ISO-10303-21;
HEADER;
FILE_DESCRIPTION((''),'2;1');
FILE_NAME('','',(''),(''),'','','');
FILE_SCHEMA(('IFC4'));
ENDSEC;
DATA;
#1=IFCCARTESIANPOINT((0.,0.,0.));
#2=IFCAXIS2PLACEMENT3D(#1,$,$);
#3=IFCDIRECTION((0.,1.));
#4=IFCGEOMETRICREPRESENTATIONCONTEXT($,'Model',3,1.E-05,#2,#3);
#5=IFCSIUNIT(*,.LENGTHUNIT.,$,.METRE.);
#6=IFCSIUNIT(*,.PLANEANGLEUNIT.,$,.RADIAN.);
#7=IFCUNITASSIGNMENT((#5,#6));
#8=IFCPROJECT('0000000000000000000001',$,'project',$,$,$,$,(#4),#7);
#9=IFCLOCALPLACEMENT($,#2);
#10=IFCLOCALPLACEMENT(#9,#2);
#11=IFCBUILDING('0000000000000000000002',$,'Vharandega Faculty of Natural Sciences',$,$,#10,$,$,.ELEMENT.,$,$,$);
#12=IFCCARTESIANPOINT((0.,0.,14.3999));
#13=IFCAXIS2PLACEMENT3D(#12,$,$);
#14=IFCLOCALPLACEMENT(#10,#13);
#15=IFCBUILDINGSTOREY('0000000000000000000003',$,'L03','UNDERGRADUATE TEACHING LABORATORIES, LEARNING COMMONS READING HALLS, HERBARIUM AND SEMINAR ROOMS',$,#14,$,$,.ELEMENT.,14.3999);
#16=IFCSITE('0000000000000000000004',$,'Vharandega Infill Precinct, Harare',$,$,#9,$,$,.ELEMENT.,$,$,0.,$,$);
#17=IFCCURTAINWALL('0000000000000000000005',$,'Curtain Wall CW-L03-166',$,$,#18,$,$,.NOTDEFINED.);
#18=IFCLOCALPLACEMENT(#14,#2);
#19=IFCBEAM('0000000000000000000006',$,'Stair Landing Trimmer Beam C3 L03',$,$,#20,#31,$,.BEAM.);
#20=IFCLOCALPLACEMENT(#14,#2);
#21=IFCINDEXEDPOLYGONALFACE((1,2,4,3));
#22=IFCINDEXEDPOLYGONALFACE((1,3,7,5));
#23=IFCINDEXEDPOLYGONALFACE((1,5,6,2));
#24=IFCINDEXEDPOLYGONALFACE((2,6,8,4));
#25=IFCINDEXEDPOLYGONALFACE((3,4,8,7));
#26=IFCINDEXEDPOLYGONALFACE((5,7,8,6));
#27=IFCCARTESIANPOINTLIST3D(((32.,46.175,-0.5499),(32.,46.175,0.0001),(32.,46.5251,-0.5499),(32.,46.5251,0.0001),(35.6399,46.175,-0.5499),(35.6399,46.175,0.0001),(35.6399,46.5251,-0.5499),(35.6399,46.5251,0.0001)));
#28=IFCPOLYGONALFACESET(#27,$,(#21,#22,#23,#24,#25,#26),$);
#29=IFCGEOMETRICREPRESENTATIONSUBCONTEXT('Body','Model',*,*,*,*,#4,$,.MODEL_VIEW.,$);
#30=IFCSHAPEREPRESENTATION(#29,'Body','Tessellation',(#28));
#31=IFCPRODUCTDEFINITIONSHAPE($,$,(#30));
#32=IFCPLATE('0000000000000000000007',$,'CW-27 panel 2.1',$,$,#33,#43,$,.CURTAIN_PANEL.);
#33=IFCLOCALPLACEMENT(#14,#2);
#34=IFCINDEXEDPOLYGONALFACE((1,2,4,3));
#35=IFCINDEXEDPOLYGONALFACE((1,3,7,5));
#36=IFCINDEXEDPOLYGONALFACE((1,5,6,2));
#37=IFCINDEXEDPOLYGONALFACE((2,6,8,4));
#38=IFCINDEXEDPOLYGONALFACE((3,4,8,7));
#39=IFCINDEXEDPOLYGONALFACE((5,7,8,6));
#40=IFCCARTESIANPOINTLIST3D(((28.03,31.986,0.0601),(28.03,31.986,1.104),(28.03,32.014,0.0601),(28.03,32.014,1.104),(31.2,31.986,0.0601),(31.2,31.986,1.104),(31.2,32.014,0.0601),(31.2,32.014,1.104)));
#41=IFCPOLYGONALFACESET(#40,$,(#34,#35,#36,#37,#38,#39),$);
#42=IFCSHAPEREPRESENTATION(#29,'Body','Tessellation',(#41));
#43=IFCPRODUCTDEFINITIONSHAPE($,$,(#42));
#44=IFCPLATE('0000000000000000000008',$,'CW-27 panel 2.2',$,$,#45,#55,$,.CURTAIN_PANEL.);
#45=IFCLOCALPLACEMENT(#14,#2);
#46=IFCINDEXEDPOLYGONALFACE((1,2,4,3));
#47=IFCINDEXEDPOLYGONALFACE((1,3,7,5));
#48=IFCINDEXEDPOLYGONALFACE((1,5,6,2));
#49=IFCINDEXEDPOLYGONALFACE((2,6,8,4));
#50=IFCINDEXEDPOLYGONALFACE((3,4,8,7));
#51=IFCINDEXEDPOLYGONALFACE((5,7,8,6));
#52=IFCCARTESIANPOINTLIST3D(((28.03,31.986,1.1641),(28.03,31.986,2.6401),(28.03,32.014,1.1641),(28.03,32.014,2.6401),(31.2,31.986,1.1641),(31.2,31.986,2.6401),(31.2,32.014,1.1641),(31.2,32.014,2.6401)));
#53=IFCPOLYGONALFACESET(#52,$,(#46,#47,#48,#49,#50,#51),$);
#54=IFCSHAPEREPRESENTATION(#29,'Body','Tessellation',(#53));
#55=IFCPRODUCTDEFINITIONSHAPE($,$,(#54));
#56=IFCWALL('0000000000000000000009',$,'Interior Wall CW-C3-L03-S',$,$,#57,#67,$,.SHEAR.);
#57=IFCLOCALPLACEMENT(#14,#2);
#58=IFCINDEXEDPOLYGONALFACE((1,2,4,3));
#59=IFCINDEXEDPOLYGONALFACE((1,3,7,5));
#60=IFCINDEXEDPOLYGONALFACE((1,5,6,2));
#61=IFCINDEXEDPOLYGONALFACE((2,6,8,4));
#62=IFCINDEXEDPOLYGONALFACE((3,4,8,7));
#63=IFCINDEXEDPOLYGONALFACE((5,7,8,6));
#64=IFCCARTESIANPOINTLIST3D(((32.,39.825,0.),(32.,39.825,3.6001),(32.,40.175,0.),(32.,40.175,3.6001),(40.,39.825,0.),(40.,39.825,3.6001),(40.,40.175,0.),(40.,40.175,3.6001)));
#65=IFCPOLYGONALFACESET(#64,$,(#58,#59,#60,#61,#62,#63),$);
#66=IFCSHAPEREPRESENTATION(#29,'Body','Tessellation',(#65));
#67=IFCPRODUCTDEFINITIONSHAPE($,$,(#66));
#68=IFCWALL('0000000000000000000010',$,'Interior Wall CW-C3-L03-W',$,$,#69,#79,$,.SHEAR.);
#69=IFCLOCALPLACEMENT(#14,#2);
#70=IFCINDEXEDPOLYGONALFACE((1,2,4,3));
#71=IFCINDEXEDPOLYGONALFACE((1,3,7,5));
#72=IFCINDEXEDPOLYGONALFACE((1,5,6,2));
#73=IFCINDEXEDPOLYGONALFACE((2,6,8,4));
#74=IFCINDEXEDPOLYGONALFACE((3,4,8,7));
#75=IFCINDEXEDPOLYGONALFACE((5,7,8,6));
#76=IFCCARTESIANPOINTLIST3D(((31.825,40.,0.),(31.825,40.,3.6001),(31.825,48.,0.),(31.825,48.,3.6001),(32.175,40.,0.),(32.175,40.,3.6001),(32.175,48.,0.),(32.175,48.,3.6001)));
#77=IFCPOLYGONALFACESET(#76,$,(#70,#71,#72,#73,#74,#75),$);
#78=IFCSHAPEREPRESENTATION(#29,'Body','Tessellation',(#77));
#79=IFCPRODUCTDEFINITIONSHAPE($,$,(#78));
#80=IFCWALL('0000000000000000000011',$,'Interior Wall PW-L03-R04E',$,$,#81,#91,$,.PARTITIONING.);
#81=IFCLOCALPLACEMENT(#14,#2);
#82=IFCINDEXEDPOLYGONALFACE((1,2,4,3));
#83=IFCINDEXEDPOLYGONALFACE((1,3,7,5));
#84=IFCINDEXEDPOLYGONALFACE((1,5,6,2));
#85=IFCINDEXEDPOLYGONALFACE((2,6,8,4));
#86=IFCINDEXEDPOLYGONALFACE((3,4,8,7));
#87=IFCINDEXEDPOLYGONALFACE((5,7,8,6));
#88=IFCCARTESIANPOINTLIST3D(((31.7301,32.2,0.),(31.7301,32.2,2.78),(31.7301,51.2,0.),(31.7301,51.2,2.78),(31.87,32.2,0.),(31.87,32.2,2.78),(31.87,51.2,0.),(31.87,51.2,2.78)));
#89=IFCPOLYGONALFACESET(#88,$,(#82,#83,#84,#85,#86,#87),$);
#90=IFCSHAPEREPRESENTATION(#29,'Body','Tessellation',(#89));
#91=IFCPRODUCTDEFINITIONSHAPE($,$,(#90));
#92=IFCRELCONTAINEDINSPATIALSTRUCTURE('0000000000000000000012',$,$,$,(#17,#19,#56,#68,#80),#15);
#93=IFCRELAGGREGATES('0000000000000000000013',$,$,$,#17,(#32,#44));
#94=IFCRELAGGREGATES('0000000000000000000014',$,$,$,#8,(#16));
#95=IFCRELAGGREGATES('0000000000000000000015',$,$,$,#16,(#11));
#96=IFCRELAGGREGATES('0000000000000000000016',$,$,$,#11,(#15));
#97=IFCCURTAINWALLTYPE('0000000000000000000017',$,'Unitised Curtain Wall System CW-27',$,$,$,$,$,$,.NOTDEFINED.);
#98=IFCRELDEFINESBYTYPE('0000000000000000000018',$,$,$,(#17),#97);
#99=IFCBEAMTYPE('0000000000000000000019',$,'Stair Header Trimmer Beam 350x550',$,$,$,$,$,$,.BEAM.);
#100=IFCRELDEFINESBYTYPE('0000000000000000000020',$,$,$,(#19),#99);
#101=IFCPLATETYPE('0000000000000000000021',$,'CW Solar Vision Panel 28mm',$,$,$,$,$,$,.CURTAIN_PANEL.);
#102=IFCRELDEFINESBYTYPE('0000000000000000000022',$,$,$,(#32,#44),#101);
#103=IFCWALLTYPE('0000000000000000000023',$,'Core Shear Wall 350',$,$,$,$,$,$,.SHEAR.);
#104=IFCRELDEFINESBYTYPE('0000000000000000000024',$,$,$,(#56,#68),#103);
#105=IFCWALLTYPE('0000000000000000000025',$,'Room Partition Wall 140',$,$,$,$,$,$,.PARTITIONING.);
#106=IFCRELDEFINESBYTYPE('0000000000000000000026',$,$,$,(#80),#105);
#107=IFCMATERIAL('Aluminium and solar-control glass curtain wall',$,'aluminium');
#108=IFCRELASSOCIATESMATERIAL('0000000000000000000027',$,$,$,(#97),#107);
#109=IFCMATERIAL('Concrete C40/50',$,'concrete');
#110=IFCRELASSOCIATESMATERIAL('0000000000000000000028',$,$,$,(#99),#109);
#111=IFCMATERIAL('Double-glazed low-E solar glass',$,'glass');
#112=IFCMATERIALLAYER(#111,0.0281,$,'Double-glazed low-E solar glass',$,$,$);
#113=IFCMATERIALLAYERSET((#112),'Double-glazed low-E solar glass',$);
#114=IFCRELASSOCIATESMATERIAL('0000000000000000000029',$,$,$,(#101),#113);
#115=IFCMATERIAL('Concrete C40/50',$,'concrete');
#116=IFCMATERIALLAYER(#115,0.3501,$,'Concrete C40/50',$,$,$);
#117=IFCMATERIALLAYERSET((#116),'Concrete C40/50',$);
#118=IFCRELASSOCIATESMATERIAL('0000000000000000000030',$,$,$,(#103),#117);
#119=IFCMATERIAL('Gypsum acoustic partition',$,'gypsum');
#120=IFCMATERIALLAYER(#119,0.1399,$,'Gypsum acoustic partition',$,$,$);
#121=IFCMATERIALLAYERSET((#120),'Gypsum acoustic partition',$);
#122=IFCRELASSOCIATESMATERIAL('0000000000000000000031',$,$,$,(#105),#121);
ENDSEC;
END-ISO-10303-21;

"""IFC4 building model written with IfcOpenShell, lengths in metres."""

from ifc_helpers import new_model, si_unit, direction, frame, frame_2d, origin, origin_2d, place, context, subcontext, project, spatial, rectangle, extrude, material, layer, layer_set, material_profile, profile_set, type_object, element, aggregate, save


model = new_model("IFC4")

# Units and contexts
model_context = context("Model", 3, precision=1e-05, world=origin(), true_north=direction((0.0, 1.0)))
body_context = subcontext(model_context, "Body", "Model", "MODEL_VIEW")
ifc_project = project(units=[si_unit("LENGTHUNIT", "METRE"), si_unit("PLANEANGLEUNIT", "RADIAN")], contexts=[model_context])

# Site, building, storey
site_placement = place(None, origin())
site = spatial("IfcSite", under=ifc_project, at=site_placement, Name="Vharandega Infill Precinct, Harare", CompositionType="ELEMENT", RefElevation=0.0)
building_placement = place(site_placement, origin())
building = spatial("IfcBuilding", under=site, at=building_placement, Name="Vharandega Faculty of Natural Sciences", CompositionType="ELEMENT")
storey_placement = place(building_placement, frame((0.0, 0.0, 14.3999)))
storey = spatial("IfcBuildingStorey", under=building, at=storey_placement, Name="L03", Description="UNDERGRADUATE TEACHING LABORATORIES, LEARNING COMMONS READING HALLS, HERBARIUM AND SEMINAR ROOMS", CompositionType="ELEMENT", Elevation=14.3999)

# Curtain wall
ifc_material_1 = material(Name="Aluminium and solar-control glass curtain wall", Category="aluminium")
curtain_wall_type = type_object("IfcCurtainWallType", Name="Unitised Curtain Wall System CW-27", PredefinedType="NOTDEFINED", material=ifc_material_1)
curtain_wall_placement = place(storey_placement, origin())
curtain_wall = element("IfcCurtainWall", 1, at=curtain_wall_placement, inside=storey, type_object=curtain_wall_type, Name="Curtain Wall CW-L03-166", PredefinedType="NOTDEFINED")

# Beam
ifc_material_2 = material(Name="Concrete C40/50", Category="concrete")
ifc_material_profile_1 = material_profile(ifc_material_2, rectangle(XDim=0.3501, YDim=0.55, at=origin_2d()), Name="RC 350x550")
ifc_profile_set_1 = profile_set([ifc_material_profile_1], Name="Concrete C40/50")
beam_type_1 = type_object("IfcBeamType", Name="Stair Header Trimmer Beam 350x550", PredefinedType="BEAM", material=ifc_profile_set_1)
beam_placement = place(storey_placement, frame((32.0, 46.3501, -0.2749), z_axis=(1.0, 0.0, 0.0), x_axis=(0.0, 1.0, 0.0)))
element("IfcBeam", 2, at=beam_placement, inside=storey, type_object=beam_type_1, Name="Stair Landing Trimmer Beam C3 L03", PredefinedType="BEAM", context=body_context, shape_type="SweptSolid", body=[
    extrude(rectangle(XDim=0.3501, YDim=0.55, at=origin_2d()), origin(), (0.0, 0.0, 1.0), 3.6399),
])

# Plates
ifc_material_3 = material(Name="Double-glazed low-E solar glass", Category="glass")
ifc_layer_1 = layer(ifc_material_3, 0.0281, Name="Double-glazed low-E solar glass")
ifc_layer_set_1 = layer_set([ifc_layer_1], Name="Double-glazed low-E solar glass")
plate_type = type_object("IfcPlateType", Name="CW Solar Vision Panel 28mm", PredefinedType="CURTAIN_PANEL", material=ifc_layer_set_1)
plate_1_placement = place(storey_placement, frame((29.615, 32.0, 0.0601), z_axis=(0.0, 0.0, 1.0), x_axis=(1.0, 0.0, 0.0)))
plate_1 = element("IfcPlate", 3, at=plate_1_placement, type_object=plate_type, Name="CW-27 panel 2.1", PredefinedType="CURTAIN_PANEL", context=body_context, shape_type="SweptSolid", body=[
    extrude(rectangle(XDim=3.1699, YDim=0.0281, at=origin_2d()), origin(), (0.0, 0.0, 1.0), 1.0439),
])
plate_2_placement = place(storey_placement, frame((29.615, 32.0, 1.1641), z_axis=(0.0, 0.0, 1.0), x_axis=(1.0, 0.0, 0.0)))
plate_2 = element("IfcPlate", 4, at=plate_2_placement, type_object=plate_type, Name="CW-27 panel 2.2", PredefinedType="CURTAIN_PANEL", context=body_context, shape_type="SweptSolid", body=[
    extrude(rectangle(XDim=3.1699, YDim=0.0281, at=origin_2d()), origin(), (0.0, 0.0, 1.0), 1.4761),
])
aggregate(curtain_wall, [plate_1, plate_2])

# Walls
ifc_material_4 = material(Name="Concrete C40/50", Category="concrete")
ifc_layer_2 = layer(ifc_material_4, 0.3501, Name="Concrete C40/50")
ifc_layer_set_2 = layer_set([ifc_layer_2], Name="Concrete C40/50")
wall_type_1 = type_object("IfcWallType", Name="Core Shear Wall 350", PredefinedType="SHEAR", material=ifc_layer_set_2)
for number, where, z_axis, x_axis, name in (
    (5, (32.0, 40.0, 0.0), (0.0, 0.0, 1.0), (1.0, 0.0, 0.0), "Interior Wall CW-C3-L03-S"),
    (6, (32.0, 40.0, 0.0), (0.0, 0.0, 1.0), (0.0, 1.0, 0.0), "Interior Wall CW-C3-L03-W"),
):
    element("IfcWall", number, at=place(storey_placement, frame(where, z_axis=z_axis, x_axis=x_axis)), inside=storey, type_object=wall_type_1, Name=name, PredefinedType="SHEAR", context=body_context, shape_type="SweptSolid", body=[
        extrude(rectangle(XDim=8.0, YDim=0.3501, at=frame_2d((4.0, 0.0))), origin(), (0.0, 0.0, 1.0), 3.6001),
    ])
ifc_material_5 = material(Name="Gypsum acoustic partition", Category="gypsum")
ifc_layer_3 = layer(ifc_material_5, 0.1399, Name="Gypsum acoustic partition")
ifc_layer_set_3 = layer_set([ifc_layer_3], Name="Gypsum acoustic partition")
wall_type_2 = type_object("IfcWallType", Name="Room Partition Wall 140", PredefinedType="PARTITIONING", material=ifc_layer_set_3)
wall_placement = place(storey_placement, frame((31.8, 32.2, 0.0), z_axis=(0.0, 0.0, 1.0), x_axis=(0.0, 1.0, 0.0)))
element("IfcWall", 7, at=wall_placement, inside=storey, type_object=wall_type_2, Name="Interior Wall PW-L03-R04E", PredefinedType="PARTITIONING", context=body_context, shape_type="SweptSolid", body=[
    extrude(rectangle(XDim=19.0, YDim=0.1399, at=frame_2d((9.5, 0.0))), origin(), (0.0, 0.0, 1.0), 2.78),
])

save(model, "model.ifc")
